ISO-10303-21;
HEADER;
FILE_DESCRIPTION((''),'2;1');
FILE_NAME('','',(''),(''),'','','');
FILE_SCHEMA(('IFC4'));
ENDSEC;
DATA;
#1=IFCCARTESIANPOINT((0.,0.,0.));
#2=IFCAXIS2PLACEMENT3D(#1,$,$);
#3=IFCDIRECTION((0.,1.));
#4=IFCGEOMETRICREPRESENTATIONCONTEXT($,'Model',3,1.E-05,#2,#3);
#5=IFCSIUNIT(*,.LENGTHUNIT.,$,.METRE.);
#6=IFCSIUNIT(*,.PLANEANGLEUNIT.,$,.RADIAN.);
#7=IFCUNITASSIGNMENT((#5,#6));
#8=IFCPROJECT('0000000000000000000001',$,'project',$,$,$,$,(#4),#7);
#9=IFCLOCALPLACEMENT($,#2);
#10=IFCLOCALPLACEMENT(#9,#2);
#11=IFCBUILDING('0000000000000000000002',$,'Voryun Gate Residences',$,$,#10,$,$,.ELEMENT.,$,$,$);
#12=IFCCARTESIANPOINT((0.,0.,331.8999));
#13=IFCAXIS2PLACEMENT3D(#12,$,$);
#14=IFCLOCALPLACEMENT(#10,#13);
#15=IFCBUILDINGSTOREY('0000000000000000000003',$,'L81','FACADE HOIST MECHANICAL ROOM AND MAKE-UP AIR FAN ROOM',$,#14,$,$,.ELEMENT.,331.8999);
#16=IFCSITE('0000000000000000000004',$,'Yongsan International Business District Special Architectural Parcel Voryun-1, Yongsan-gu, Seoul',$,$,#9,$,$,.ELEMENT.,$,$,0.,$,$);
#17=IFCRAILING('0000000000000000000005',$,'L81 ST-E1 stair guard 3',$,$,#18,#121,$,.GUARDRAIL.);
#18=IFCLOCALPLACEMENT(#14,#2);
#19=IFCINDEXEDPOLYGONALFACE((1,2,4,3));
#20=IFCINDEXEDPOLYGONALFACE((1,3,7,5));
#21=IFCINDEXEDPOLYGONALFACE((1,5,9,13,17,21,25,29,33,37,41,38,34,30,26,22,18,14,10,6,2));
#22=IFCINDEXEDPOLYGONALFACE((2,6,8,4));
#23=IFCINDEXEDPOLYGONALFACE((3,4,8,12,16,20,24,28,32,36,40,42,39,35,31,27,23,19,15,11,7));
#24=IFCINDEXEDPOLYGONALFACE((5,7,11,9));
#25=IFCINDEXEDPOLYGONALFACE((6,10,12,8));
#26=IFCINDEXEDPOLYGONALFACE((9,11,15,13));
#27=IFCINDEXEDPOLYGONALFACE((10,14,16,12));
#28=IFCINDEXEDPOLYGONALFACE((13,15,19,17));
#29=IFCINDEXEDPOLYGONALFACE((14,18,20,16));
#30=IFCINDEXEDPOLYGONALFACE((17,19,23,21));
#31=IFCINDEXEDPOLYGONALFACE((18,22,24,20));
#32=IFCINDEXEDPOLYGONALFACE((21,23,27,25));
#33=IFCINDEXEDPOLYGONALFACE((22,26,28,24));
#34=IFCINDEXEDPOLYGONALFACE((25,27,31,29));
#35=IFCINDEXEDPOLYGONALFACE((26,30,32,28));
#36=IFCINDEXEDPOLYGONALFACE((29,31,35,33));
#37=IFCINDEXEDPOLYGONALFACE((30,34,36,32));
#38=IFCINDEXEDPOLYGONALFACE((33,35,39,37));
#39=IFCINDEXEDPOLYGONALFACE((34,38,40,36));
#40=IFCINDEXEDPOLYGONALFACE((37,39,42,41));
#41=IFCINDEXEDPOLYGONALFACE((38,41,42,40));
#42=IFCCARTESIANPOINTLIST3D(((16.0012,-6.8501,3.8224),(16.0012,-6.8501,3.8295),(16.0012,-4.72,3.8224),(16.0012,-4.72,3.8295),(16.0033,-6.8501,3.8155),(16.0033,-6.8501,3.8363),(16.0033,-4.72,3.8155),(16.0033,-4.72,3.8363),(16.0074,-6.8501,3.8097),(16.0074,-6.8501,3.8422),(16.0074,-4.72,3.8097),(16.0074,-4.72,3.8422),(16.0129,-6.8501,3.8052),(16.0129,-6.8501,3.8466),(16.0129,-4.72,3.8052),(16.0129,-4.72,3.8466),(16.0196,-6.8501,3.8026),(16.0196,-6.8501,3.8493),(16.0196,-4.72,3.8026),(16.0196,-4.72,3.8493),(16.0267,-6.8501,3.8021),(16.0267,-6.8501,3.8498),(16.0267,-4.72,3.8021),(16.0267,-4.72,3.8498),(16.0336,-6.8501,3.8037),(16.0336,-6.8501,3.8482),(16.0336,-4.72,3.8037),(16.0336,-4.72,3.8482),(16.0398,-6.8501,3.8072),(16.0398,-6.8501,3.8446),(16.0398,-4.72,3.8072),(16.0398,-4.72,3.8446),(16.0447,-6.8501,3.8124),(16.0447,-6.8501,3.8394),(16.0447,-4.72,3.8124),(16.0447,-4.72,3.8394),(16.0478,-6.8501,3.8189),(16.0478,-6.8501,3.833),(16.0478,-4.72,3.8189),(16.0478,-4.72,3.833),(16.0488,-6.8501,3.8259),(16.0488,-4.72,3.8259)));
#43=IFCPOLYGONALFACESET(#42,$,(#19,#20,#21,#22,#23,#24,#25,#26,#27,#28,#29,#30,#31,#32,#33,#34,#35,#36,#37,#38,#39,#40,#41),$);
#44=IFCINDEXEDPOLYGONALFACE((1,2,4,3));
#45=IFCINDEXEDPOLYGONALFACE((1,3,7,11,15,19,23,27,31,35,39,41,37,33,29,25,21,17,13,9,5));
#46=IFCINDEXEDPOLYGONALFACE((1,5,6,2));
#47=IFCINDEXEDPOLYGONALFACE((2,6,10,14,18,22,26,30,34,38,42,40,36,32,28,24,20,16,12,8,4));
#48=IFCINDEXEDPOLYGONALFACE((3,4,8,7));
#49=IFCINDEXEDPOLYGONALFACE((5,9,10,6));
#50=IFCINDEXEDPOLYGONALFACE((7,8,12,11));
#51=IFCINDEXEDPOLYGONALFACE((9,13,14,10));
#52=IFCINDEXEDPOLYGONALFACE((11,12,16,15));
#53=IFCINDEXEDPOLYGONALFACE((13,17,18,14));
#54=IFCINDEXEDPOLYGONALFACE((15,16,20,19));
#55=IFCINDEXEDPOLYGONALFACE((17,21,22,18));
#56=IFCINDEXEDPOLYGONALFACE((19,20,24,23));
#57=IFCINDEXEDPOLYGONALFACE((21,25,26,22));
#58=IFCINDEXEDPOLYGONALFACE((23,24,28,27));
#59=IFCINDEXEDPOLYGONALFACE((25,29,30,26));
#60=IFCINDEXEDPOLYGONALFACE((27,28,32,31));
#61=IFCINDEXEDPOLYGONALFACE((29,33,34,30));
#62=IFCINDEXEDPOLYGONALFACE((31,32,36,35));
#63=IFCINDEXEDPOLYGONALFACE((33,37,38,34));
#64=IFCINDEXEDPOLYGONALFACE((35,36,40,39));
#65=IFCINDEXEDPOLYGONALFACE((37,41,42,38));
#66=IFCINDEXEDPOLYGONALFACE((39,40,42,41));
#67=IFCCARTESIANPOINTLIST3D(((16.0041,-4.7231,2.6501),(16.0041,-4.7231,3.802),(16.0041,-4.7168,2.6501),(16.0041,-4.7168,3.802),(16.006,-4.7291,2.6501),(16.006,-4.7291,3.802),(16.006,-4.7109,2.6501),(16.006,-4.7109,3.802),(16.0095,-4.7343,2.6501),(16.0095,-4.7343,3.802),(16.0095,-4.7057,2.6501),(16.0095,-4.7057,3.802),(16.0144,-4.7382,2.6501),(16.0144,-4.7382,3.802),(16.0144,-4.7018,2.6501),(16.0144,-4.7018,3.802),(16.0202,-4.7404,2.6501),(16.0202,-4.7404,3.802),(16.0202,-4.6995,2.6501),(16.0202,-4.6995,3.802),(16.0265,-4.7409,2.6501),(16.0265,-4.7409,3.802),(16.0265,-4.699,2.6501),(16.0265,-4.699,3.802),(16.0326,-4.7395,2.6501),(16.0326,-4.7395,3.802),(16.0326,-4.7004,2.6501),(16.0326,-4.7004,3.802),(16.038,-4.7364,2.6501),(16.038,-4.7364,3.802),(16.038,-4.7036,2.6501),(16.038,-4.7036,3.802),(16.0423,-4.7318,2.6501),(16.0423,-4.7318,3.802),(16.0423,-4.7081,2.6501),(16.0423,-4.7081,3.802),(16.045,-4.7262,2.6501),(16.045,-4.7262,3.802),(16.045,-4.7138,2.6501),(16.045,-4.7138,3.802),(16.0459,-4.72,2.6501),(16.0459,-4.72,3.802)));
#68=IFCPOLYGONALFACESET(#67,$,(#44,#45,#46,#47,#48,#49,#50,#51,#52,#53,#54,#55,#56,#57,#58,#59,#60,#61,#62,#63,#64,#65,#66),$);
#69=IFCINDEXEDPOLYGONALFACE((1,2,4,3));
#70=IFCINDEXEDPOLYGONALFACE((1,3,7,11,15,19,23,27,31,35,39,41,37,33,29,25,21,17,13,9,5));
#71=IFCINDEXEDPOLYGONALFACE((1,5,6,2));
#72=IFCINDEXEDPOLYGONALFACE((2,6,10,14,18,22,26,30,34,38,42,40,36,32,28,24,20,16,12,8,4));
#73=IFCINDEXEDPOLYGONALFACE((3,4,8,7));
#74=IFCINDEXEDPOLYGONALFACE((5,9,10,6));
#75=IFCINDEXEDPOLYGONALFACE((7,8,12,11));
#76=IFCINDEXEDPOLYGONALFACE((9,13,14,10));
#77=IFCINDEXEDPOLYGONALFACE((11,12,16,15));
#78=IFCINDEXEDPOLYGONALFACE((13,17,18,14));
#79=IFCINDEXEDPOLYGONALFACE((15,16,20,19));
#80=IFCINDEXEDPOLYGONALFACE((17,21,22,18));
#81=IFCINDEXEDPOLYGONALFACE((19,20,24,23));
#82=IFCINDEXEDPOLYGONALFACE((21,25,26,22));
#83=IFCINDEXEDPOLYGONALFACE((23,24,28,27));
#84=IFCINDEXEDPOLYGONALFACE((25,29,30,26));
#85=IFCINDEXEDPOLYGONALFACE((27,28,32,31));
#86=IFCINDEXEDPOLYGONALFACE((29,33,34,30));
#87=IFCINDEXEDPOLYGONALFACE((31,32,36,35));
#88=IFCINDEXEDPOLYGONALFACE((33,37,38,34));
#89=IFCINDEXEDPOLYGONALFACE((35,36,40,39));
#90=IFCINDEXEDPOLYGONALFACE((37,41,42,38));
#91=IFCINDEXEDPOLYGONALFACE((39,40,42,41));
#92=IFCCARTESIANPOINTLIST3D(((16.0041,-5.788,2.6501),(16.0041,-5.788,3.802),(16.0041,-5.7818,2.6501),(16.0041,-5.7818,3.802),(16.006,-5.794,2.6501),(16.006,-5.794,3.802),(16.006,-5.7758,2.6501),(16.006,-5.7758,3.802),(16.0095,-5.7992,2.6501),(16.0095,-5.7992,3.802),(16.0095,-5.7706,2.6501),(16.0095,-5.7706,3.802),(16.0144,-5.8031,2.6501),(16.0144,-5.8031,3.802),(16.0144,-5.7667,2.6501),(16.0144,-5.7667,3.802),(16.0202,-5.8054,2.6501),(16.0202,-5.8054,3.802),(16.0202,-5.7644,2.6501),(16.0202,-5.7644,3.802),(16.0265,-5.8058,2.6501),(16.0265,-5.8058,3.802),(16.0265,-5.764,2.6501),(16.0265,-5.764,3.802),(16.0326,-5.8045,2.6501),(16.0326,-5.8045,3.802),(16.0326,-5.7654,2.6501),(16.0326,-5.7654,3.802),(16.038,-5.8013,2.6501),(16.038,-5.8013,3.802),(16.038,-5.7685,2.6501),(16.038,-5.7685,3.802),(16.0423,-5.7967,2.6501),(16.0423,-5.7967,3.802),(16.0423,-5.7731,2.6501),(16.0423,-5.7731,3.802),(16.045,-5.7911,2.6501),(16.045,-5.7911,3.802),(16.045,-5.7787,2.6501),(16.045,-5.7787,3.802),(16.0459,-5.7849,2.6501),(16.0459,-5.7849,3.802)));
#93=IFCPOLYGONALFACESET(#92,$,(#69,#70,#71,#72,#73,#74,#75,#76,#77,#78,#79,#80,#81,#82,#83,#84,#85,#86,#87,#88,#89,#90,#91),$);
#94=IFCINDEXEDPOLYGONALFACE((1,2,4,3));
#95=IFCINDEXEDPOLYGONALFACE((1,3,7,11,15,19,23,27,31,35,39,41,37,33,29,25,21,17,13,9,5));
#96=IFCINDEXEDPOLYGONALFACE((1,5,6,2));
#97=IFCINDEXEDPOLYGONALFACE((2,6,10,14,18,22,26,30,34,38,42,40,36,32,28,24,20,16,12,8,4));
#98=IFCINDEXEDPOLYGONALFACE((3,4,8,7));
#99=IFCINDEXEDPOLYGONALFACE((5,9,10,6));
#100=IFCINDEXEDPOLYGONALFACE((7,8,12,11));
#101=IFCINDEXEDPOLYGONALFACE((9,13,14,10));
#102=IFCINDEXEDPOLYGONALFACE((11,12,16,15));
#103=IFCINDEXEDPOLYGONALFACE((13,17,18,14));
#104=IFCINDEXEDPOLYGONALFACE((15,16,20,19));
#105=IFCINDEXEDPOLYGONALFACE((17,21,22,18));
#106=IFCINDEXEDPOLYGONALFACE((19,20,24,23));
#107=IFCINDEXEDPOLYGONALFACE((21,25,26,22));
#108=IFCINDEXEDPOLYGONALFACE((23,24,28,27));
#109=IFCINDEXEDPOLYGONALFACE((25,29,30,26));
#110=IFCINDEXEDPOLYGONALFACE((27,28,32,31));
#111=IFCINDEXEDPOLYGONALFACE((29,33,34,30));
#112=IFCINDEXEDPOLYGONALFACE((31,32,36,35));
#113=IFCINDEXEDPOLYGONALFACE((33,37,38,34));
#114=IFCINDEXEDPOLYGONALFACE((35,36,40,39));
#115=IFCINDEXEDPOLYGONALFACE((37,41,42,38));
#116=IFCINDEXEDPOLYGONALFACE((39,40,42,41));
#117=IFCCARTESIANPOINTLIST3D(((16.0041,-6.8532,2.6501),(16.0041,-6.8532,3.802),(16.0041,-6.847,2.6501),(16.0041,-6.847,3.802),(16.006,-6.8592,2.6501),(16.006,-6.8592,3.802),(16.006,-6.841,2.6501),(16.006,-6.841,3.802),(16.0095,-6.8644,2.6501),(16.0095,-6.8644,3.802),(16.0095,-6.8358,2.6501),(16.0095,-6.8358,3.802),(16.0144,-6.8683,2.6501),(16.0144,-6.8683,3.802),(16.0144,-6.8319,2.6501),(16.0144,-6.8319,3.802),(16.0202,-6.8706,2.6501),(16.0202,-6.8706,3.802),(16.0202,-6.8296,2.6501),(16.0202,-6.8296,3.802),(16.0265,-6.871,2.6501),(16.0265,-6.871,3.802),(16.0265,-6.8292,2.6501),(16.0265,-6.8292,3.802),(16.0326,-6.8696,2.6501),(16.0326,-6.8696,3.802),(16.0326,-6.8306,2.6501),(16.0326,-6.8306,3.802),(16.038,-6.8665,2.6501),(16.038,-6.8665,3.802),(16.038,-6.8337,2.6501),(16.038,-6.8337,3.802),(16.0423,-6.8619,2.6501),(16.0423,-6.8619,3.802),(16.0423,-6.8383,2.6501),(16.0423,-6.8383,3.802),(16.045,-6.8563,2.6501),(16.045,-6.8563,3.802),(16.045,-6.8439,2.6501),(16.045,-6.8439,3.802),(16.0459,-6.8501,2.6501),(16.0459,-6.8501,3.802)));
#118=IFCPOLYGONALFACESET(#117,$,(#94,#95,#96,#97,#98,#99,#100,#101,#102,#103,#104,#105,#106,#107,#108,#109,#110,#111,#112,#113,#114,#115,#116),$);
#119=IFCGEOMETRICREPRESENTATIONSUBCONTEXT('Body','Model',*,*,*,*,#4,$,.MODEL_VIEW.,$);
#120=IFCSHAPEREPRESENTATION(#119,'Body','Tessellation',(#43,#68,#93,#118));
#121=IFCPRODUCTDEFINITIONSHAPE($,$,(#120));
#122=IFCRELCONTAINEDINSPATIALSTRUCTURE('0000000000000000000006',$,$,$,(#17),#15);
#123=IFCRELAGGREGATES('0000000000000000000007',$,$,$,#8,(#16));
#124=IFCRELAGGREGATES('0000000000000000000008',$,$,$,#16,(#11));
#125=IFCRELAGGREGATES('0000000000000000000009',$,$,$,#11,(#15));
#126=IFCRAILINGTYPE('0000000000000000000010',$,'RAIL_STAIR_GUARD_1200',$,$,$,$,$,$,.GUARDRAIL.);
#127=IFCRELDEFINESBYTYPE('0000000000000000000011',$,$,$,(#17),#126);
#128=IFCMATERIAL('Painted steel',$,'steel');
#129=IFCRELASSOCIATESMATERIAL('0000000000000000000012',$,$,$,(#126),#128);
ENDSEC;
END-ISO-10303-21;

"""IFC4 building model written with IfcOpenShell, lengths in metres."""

from ifc_helpers import new_model, si_unit, direction, frame, origin, origin_2d, place, context, subcontext, project, spatial, circle, extrude, material, type_object, element, save


model = new_model("IFC4")

# Units and contexts
model_context = context("Model", 3, precision=1e-05, world=origin(), true_north=direction((0.0, 1.0)))
body_context = subcontext(model_context, "Body", "Model", "MODEL_VIEW")
ifc_project = project(units=[si_unit("LENGTHUNIT", "METRE"), si_unit("PLANEANGLEUNIT", "RADIAN")], contexts=[model_context])

# Site, building, storey
site_placement = place(None, origin())
site = spatial("IfcSite", under=ifc_project, at=site_placement, Name="Yongsan International Business District Special Architectural Parcel Voryun-1, Yongsan-gu, Seoul", CompositionType="ELEMENT", RefElevation=0.0)
building_placement = place(site_placement, origin())
building = spatial("IfcBuilding", under=site, at=building_placement, Name="Voryun Gate Residences", CompositionType="ELEMENT")
storey_placement = place(building_placement, frame((0.0, 0.0, 331.8999)))
storey = spatial("IfcBuildingStorey", under=building, at=storey_placement, Name="L81", Description="FACADE HOIST MECHANICAL ROOM AND MAKE-UP AIR FAN ROOM", CompositionType="ELEMENT", Elevation=331.8999)

# Railing
ifc_material_1 = material(Name="Painted steel", Category="steel")
railing_type_1 = type_object("IfcRailingType", Name="RAIL_STAIR_GUARD_1200", PredefinedType="GUARDRAIL", material=ifc_material_1)
railing_1_placement = place(storey_placement, frame((16.0249, -4.72, 2.6501)))
element("IfcRailing", 1, at=railing_1_placement, inside=storey, type_object=railing_type_1, Name="L81 ST-E1 stair guard 3", PredefinedType="GUARDRAIL", context=body_context, shape_type="SweptSolid", body=[
    extrude(circle(Radius=0.0239, at=origin_2d()), frame((0.0, 0.0, 1.1758), z_axis=(0.0, -1.0, 0.0), x_axis=(1.0, 0.0, 0.0)), (0.0, 0.0, 1.0), 2.1301),
    extrude(circle(Radius=0.021, at=origin_2d()), origin(), (0.0, 0.0, 1.0), 1.1519),
    extrude(circle(Radius=0.021, at=origin_2d()), frame((0.0, -1.0649, 0.0)), (0.0, 0.0, 1.0), 1.1519),
    extrude(circle(Radius=0.021, at=origin_2d()), frame((0.0, -2.1301, 0.0)), (0.0, 0.0, 1.0), 1.1519),
])

save(model, "model.ifc")
